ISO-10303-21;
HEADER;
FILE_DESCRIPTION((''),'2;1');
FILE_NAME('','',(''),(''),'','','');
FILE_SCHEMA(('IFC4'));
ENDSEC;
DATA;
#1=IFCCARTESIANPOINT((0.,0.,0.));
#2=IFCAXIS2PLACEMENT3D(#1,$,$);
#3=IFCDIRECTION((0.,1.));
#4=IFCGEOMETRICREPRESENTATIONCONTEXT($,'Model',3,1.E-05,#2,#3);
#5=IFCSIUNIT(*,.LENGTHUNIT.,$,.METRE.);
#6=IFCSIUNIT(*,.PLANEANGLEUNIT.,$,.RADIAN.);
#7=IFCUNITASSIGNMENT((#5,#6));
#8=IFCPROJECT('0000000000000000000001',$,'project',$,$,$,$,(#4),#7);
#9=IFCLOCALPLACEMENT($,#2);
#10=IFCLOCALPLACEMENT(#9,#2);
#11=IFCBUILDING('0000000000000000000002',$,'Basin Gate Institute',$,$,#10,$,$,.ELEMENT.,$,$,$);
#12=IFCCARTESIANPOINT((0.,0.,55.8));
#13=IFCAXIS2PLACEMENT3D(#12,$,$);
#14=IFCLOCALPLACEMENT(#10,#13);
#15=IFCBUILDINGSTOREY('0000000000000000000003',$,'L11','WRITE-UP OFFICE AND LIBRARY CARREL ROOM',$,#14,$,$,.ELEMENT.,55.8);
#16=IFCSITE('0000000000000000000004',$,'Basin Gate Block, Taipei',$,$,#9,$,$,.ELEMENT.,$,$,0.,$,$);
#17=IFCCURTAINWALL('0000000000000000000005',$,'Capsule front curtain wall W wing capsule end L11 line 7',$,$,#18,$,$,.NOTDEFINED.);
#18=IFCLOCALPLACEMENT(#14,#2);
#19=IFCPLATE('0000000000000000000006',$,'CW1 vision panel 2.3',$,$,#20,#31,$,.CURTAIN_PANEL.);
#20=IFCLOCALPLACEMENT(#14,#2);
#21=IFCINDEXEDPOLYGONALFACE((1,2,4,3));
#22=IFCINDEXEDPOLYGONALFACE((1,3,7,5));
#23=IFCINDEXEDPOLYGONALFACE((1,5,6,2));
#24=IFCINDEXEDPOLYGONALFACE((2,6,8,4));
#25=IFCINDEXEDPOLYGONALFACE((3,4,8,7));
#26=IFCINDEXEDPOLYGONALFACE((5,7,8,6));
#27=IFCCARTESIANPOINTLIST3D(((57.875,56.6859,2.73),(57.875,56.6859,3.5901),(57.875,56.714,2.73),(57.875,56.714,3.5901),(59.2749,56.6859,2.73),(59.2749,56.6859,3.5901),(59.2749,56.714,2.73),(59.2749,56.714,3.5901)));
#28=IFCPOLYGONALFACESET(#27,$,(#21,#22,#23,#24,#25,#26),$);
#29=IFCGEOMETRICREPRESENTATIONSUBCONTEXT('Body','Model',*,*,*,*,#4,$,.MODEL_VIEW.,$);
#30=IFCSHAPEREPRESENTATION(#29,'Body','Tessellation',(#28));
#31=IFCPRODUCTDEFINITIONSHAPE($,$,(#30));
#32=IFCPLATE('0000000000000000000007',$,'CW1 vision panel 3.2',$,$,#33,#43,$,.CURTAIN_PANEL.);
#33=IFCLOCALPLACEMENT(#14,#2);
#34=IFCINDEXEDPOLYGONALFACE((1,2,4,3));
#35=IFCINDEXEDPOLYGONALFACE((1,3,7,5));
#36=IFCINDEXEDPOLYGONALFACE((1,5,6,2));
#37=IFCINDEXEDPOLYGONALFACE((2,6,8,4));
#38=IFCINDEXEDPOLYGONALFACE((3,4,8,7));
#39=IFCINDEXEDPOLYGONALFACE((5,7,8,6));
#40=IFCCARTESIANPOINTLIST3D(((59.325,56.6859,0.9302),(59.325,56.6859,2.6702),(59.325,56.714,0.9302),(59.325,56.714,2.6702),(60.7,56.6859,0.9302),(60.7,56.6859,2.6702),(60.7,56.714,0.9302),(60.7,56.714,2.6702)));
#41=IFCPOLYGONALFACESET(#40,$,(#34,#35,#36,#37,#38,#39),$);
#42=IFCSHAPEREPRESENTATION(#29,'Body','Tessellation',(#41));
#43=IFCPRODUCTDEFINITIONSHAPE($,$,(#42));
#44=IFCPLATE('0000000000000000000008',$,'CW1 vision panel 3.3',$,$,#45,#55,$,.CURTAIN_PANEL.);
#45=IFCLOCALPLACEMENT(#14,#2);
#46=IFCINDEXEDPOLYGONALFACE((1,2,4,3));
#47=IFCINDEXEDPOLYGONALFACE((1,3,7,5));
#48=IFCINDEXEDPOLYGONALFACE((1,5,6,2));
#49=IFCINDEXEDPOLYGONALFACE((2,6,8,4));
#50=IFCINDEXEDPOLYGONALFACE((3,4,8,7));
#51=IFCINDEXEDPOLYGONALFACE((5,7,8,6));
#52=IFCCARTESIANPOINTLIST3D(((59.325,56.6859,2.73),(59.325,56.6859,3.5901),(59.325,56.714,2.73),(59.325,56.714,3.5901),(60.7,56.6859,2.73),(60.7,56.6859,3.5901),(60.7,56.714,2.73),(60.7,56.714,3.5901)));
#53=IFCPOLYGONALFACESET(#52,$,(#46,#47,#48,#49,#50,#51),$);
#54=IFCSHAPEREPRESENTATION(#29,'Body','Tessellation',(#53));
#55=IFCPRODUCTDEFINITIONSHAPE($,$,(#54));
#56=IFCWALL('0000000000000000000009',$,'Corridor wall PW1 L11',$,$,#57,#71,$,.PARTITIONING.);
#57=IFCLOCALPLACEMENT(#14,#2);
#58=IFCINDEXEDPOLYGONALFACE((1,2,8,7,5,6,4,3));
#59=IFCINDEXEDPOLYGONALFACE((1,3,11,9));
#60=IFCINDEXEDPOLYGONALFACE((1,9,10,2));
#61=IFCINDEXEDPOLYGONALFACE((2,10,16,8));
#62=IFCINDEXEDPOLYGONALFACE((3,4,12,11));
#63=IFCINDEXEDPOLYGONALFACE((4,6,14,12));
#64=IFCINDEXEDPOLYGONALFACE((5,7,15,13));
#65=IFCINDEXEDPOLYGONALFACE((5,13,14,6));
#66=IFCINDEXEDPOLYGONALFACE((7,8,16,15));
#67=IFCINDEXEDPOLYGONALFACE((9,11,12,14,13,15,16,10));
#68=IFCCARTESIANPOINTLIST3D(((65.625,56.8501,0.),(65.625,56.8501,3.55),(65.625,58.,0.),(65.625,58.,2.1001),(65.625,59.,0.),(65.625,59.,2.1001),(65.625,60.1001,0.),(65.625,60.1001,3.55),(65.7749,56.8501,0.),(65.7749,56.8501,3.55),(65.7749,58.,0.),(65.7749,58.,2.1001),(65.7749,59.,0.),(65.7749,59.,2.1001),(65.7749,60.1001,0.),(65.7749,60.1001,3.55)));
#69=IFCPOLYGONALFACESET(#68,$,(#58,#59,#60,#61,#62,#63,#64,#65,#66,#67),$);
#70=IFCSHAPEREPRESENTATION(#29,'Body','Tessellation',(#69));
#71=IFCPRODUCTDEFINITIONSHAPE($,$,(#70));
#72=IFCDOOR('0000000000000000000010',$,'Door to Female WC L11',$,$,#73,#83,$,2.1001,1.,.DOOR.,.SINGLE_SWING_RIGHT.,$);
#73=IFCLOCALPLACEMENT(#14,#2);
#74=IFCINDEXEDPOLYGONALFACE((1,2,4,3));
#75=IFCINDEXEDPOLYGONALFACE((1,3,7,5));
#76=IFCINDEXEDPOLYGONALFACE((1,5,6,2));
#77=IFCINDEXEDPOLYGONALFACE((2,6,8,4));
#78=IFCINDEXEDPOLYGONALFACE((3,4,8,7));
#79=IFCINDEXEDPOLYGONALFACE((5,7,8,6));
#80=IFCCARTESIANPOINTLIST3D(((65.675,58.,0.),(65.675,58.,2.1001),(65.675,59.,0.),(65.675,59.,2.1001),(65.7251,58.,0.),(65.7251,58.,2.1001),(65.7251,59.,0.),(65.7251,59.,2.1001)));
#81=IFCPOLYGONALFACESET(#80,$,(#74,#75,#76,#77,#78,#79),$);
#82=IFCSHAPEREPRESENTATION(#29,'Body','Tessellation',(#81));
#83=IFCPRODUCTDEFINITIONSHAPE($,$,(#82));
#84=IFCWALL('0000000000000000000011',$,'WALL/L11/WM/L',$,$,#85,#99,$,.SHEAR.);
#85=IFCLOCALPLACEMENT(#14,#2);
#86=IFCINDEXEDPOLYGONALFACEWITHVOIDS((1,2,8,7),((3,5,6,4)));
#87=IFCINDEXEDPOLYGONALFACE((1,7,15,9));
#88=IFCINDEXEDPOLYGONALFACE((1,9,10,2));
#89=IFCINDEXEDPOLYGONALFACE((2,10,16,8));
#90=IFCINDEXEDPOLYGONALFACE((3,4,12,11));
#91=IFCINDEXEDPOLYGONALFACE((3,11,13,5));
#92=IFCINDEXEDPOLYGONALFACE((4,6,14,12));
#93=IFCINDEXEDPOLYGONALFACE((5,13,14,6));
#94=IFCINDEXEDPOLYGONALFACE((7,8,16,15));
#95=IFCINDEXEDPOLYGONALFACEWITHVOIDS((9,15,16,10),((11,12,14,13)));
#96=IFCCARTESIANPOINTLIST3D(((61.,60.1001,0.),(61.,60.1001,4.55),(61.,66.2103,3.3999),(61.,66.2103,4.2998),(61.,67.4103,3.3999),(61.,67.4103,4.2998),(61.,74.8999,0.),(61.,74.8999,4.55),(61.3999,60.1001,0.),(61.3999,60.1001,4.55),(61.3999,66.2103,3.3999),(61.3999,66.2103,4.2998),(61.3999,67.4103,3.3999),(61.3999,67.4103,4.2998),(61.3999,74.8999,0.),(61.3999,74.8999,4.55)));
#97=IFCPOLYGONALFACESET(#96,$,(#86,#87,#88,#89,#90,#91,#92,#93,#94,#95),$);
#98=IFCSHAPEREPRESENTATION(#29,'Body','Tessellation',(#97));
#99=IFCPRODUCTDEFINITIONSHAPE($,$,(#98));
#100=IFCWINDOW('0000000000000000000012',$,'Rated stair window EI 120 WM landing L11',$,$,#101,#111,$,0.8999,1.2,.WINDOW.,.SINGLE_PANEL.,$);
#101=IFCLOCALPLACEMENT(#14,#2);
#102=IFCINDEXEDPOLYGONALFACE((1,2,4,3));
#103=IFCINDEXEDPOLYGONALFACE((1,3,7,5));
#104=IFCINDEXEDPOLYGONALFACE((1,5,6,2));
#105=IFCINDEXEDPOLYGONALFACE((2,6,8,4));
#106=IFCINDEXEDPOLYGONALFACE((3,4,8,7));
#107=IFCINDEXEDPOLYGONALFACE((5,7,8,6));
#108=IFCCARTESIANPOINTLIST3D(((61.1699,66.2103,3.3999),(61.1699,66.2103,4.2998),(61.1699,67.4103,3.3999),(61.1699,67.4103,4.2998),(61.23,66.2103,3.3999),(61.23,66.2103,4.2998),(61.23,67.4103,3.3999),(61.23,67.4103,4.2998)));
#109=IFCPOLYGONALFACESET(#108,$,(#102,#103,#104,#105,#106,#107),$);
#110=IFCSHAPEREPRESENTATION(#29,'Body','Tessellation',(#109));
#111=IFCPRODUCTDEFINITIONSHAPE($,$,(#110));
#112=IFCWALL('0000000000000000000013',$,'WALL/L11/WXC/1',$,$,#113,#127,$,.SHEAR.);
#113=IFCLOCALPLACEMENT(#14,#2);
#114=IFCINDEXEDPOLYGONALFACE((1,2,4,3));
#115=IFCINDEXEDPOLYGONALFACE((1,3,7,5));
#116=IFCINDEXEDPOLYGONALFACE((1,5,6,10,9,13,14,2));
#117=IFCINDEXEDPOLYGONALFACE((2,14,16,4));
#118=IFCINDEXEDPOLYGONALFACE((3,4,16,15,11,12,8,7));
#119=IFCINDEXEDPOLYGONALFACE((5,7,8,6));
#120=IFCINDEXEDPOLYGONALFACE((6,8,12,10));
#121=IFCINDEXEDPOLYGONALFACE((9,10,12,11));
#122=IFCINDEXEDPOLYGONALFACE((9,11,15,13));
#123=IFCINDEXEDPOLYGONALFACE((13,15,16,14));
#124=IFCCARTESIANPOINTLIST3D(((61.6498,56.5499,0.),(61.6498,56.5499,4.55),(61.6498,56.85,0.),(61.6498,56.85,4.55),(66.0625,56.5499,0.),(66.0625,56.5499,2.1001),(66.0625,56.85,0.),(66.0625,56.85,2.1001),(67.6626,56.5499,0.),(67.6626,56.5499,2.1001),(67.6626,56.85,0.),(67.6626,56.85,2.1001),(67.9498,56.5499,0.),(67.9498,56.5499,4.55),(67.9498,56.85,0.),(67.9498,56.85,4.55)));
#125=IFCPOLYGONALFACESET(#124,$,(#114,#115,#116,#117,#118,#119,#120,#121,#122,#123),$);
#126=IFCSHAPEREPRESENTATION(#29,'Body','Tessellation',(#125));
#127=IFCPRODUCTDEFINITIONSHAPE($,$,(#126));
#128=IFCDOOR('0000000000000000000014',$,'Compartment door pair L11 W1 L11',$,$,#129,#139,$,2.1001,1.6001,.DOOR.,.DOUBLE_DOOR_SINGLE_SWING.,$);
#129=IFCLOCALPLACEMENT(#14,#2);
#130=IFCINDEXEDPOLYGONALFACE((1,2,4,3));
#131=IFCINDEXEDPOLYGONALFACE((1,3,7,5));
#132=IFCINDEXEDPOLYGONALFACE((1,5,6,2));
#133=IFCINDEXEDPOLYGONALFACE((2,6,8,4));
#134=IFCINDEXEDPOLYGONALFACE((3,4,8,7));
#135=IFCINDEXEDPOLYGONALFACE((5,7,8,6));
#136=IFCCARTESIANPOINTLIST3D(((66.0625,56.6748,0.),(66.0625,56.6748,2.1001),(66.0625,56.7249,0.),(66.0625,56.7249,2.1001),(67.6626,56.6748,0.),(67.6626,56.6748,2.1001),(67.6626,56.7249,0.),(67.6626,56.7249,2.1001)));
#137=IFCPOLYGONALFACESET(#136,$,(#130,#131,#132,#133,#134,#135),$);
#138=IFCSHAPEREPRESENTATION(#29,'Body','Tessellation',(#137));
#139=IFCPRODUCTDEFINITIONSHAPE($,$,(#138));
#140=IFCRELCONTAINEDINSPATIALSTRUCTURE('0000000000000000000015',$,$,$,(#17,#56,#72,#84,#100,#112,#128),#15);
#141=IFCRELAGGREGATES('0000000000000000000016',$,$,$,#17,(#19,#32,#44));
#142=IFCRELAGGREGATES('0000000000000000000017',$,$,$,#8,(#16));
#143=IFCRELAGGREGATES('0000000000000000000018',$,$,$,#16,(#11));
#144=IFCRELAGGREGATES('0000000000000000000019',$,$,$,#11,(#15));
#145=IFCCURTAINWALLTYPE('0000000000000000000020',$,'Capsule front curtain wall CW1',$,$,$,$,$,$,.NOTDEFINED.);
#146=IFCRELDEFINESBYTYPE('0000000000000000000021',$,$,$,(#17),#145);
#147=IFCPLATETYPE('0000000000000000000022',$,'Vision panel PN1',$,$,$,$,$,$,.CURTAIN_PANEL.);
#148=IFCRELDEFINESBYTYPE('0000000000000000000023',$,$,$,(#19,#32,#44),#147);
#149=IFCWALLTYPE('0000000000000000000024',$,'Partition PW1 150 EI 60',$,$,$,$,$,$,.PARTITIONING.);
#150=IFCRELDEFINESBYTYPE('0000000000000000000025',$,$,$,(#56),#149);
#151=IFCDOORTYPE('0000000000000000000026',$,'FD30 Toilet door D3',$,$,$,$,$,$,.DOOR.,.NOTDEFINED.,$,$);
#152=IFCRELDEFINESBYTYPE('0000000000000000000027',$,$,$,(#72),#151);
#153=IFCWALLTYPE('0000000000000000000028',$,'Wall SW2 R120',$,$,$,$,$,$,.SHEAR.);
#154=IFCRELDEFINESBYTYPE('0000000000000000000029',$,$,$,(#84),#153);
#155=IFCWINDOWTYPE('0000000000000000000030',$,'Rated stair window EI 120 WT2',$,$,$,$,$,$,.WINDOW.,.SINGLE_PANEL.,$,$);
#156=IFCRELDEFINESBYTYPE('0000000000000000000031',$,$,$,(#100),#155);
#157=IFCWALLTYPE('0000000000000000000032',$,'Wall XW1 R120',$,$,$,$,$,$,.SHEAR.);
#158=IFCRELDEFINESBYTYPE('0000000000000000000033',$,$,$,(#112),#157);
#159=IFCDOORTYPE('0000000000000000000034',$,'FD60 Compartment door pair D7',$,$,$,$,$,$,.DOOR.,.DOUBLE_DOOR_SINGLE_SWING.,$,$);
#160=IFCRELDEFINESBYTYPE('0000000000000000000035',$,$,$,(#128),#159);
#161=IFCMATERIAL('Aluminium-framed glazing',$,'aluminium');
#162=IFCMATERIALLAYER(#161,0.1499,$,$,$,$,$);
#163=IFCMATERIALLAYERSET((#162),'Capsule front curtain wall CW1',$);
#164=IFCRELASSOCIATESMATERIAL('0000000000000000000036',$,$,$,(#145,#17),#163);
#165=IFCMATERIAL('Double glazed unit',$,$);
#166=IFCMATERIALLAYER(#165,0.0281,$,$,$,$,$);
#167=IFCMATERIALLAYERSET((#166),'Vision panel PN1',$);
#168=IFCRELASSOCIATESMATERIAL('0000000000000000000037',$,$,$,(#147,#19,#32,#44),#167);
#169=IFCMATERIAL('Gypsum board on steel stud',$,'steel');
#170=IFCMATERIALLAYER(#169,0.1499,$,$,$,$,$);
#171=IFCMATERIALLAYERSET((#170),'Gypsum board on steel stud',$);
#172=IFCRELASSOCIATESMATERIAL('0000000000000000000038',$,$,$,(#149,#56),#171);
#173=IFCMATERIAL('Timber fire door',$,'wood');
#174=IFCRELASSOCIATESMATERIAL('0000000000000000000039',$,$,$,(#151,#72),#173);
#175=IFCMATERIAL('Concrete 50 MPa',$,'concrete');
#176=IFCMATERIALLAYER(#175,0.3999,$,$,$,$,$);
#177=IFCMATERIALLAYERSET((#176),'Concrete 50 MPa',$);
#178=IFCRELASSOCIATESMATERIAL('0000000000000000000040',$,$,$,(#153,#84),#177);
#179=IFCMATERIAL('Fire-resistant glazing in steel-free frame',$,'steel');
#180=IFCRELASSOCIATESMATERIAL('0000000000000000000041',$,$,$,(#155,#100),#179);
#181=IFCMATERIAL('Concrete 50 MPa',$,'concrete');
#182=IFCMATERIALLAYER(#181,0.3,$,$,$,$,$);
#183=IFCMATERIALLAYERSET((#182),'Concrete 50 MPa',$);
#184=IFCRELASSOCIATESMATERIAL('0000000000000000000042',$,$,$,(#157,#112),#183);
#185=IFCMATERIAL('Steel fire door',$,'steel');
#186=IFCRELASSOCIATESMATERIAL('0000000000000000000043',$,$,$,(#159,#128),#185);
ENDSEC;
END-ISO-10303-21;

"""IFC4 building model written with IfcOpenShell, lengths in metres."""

from ifc_helpers import new_model, si_unit, direction, frame, frame_2d, origin, origin_2d, place, context, subcontext, project, spatial, rectangle, extrude, material, layer, layer_set, type_object, element, fill, aggregate, save


model = new_model("IFC4")

# Units and contexts
model_context = context("Model", 3, precision=1e-05, world=origin(), true_north=direction((0.0, 1.0)))
body_context = subcontext(model_context, "Body", "Model", "MODEL_VIEW")
ifc_project = project(units=[si_unit("LENGTHUNIT", "METRE"), si_unit("PLANEANGLEUNIT", "RADIAN")], contexts=[model_context])

# Site, building, storey
site_placement = place(None, origin())
site = spatial("IfcSite", under=ifc_project, at=site_placement, Name="Basin Gate Block, Taipei", CompositionType="ELEMENT", RefElevation=0.0)
building_placement = place(site_placement, origin())
building = spatial("IfcBuilding", under=site, at=building_placement, Name="Basin Gate Institute", CompositionType="ELEMENT")
storey_placement = place(building_placement, frame((0.0, 0.0, 55.8)))
storey = spatial("IfcBuildingStorey", under=building, at=storey_placement, Name="L11", Description="WRITE-UP OFFICE AND LIBRARY CARREL ROOM", CompositionType="ELEMENT", Elevation=55.8)

# Curtain wall
ifc_material_1 = material(Name="Aluminium-framed glazing", Category="aluminium")
ifc_layer_1 = layer(ifc_material_1, 0.1499)
ifc_layer_set_1 = layer_set([ifc_layer_1], Name="Capsule front curtain wall CW1")
curtain_wall_type = type_object("IfcCurtainWallType", Name="Capsule front curtain wall CW1", PredefinedType="NOTDEFINED", material=ifc_layer_set_1)
curtain_wall_1_placement = place(storey_placement, origin())
curtain_wall_1 = element("IfcCurtainWall", 1, at=curtain_wall_1_placement, inside=storey, type_object=curtain_wall_type, material=ifc_layer_set_1, Name="Capsule front curtain wall W wing capsule end L11 line 7", PredefinedType="NOTDEFINED")

# Plates
ifc_material_2 = material(Name="Double glazed unit")
ifc_layer_2 = layer(ifc_material_2, 0.0281)
ifc_layer_set_2 = layer_set([ifc_layer_2], Name="Vision panel PN1")
plate_type_1 = type_object("IfcPlateType", Name="Vision panel PN1", PredefinedType="CURTAIN_PANEL", material=ifc_layer_set_2)
plate_1_placement = place(storey_placement, frame((58.575, 56.7, 2.73), z_axis=(0.0, 0.0, 1.0), x_axis=(1.0, 0.0, 0.0)))
plate_1 = element("IfcPlate", 2, at=plate_1_placement, type_object=plate_type_1, material=ifc_layer_set_2, Name="CW1 vision panel 2.3", PredefinedType="CURTAIN_PANEL", context=body_context, shape_type="SweptSolid", body=[
    extrude(rectangle(XDim=1.3999, YDim=0.0281, at=origin_2d()), origin(), (0.0, 0.0, 1.0), 0.8601),
])
plate_2_placement = place(storey_placement, frame((60.0125, 56.7, 0.9302), z_axis=(0.0, 0.0, 1.0), x_axis=(1.0, 0.0, 0.0)))
plate_2 = element("IfcPlate", 3, at=plate_2_placement, type_object=plate_type_1, material=ifc_layer_set_2, Name="CW1 vision panel 3.2", PredefinedType="CURTAIN_PANEL", context=body_context, shape_type="SweptSolid", body=[
    extrude(rectangle(XDim=1.375, YDim=0.0281, at=origin_2d()), origin(), (0.0, 0.0, 1.0), 1.74),
])
plate_3_placement = place(storey_placement, frame((60.0125, 56.7, 2.73), z_axis=(0.0, 0.0, 1.0), x_axis=(1.0, 0.0, 0.0)))
plate_3 = element("IfcPlate", 4, at=plate_3_placement, type_object=plate_type_1, material=ifc_layer_set_2, Name="CW1 vision panel 3.3", PredefinedType="CURTAIN_PANEL", context=body_context, shape_type="SweptSolid", body=[
    extrude(rectangle(XDim=1.375, YDim=0.0281, at=origin_2d()), origin(), (0.0, 0.0, 1.0), 0.8601),
])
aggregate(curtain_wall_1, [plate_1, plate_2, plate_3])

# Wall, opening, door
ifc_material_3 = material(Name="Gypsum board on steel stud", Category="steel")
ifc_layer_3 = layer(ifc_material_3, 0.1499)
ifc_layer_set_3 = layer_set([ifc_layer_3], Name="Gypsum board on steel stud")
wall_type_1 = type_object("IfcWallType", Name="Partition PW1 150 EI 60", PredefinedType="PARTITIONING", material=ifc_layer_set_3)
wall_1_placement = place(storey_placement, frame((65.7, 56.8501, 0.0), z_axis=(0.0, 0.0, 1.0), x_axis=(0.0, 1.0, 0.0)))
wall_1 = element("IfcWall", 5, at=wall_1_placement, inside=storey, type_object=wall_type_1, material=ifc_layer_set_3, Name="Corridor wall PW1 L11", PredefinedType="PARTITIONING", context=body_context, shape_type="SweptSolid", body=[
    extrude(rectangle(XDim=3.25, YDim=0.1499, at=frame_2d((1.625, 0.0))), origin(), (0.0, 0.0, 1.0), 3.55),
])
opening_1_placement = place(wall_1_placement, frame((1.1499, 0.0, 0.0)))
opening_1 = element("IfcOpeningElement", 6, at=opening_1_placement, cuts=wall_1, PredefinedType="OPENING", context=body_context, shape_type="SweptSolid", body=[
    extrude(rectangle(XDim=1.0, YDim=2.1001, at=frame_2d((0.5, 1.05))), frame((0.0, 0.085, 0.0), z_axis=(0.0, -1.0, 0.0), x_axis=(1.0, 0.0, 0.0)), (0.0, 0.0, 1.0), 0.1699),
])
ifc_material_4 = material(Name="Timber fire door", Category="wood")
door_type_1 = type_object("IfcDoorType", Name="FD30 Toilet door D3", OperationType="NOTDEFINED", PredefinedType="DOOR", material=ifc_material_4)
door_1_placement = place(opening_1_placement, origin())
door_1 = element("IfcDoor", 7, at=door_1_placement, inside=storey, type_object=door_type_1, material=ifc_material_4, Name="Door to Female WC L11", OperationType="SINGLE_SWING_RIGHT", OverallHeight=2.1001, OverallWidth=1.0, PredefinedType="DOOR", context=body_context, shape_type="SweptSolid", body=[
    extrude(rectangle(XDim=1.0, YDim=2.1001, at=frame_2d((0.5, 1.05))), frame((0.0, 0.0249, 0.0), z_axis=(0.0, -1.0, 0.0), x_axis=(1.0, 0.0, 0.0)), (0.0, 0.0, 1.0), 0.05),
])
fill(opening_1, door_1)

# Wall, opening, window
ifc_material_5 = material(Name="Concrete 50 MPa", Category="concrete")
ifc_layer_4 = layer(ifc_material_5, 0.3999)
ifc_layer_set_4 = layer_set([ifc_layer_4], Name="Concrete 50 MPa")
wall_type_2 = type_object("IfcWallType", Name="Wall SW2 R120", PredefinedType="SHEAR", material=ifc_layer_set_4)
wall_2_placement = place(storey_placement, frame((61.2, 60.1001, 0.0), z_axis=(0.0, 0.0, 1.0), x_axis=(0.0, 1.0, 0.0)))
wall_2 = element("IfcWall", 8, at=wall_2_placement, inside=storey, type_object=wall_type_2, material=ifc_layer_set_4, Name="WALL/L11/WM/L", PredefinedType="SHEAR", context=body_context, shape_type="SweptSolid", body=[
    extrude(rectangle(XDim=14.7998, YDim=0.3999, at=frame_2d((7.3999, 0.0))), origin(), (0.0, 0.0, 1.0), 4.55),
])
opening_2_placement = place(wall_2_placement, frame((6.1101, 0.0, 3.3999)))
opening_2 = element("IfcOpeningElement", 9, at=opening_2_placement, cuts=wall_2, PredefinedType="OPENING", context=body_context, shape_type="SweptSolid", body=[
    extrude(rectangle(XDim=1.2, YDim=0.8999, at=frame_2d((0.6001, 0.45))), frame((0.0, 0.21, 0.0), z_axis=(0.0, -1.0, 0.0), x_axis=(1.0, 0.0, 0.0)), (0.0, 0.0, 1.0), 0.4199),
])
ifc_material_6 = material(Name="Fire-resistant glazing in steel-free frame", Category="steel")
window_type = type_object("IfcWindowType", Name="Rated stair window EI 120 WT2", PartitioningType="SINGLE_PANEL", PredefinedType="WINDOW", material=ifc_material_6)
window_placement = place(opening_2_placement, origin())
window = element("IfcWindow", 10, at=window_placement, inside=storey, type_object=window_type, material=ifc_material_6, Name="Rated stair window EI 120 WM landing L11", OverallHeight=0.8999, OverallWidth=1.2, PartitioningType="SINGLE_PANEL", PredefinedType="WINDOW", context=body_context, shape_type="SweptSolid", body=[
    extrude(rectangle(XDim=1.2, YDim=0.8999, at=frame_2d((0.6001, 0.45))), frame((0.0, 0.03, 0.0), z_axis=(0.0, -1.0, 0.0), x_axis=(1.0, 0.0, 0.0)), (0.0, 0.0, 1.0), 0.0601),
])
fill(opening_2, window)

# Wall, opening, door
ifc_material_7 = material(Name="Concrete 50 MPa", Category="concrete")
ifc_layer_5 = layer(ifc_material_7, 0.3)
ifc_layer_set_5 = layer_set([ifc_layer_5], Name="Concrete 50 MPa")
wall_type_3 = type_object("IfcWallType", Name="Wall XW1 R120", PredefinedType="SHEAR", material=ifc_layer_set_5)
wall_3_placement = place(storey_placement, frame((61.6499, 56.7, 0.0), z_axis=(0.0, 0.0, 1.0), x_axis=(1.0, 0.0, 0.0)))
wall_3 = element("IfcWall", 11, at=wall_3_placement, inside=storey, type_object=wall_type_3, material=ifc_layer_set_5, Name="WALL/L11/WXC/1", PredefinedType="SHEAR", context=body_context, shape_type="SweptSolid", body=[
    extrude(rectangle(XDim=6.3, YDim=0.3, at=frame_2d((3.1499, 0.0))), origin(), (0.0, 0.0, 1.0), 4.55),
])
opening_3_placement = place(wall_3_placement, frame((4.4126, 0.0, 0.0)))
opening_3 = element("IfcOpeningElement", 12, at=opening_3_placement, cuts=wall_3, PredefinedType="OPENING", context=body_context, shape_type="SweptSolid", body=[
    extrude(rectangle(XDim=1.6001, YDim=2.1001, at=frame_2d((0.8, 1.05))), frame((0.0, 0.1602, 0.0), z_axis=(0.0, -1.0, 0.0), x_axis=(1.0, 0.0, 0.0)), (0.0, 0.0, 1.0), 0.3201),
])
ifc_material_8 = material(Name="Steel fire door", Category="steel")
door_type_2 = type_object("IfcDoorType", Name="FD60 Compartment door pair D7", OperationType="DOUBLE_DOOR_SINGLE_SWING", PredefinedType="DOOR", material=ifc_material_8)
door_2_placement = place(opening_3_placement, origin())
door_2 = element("IfcDoor", 13, at=door_2_placement, inside=storey, type_object=door_type_2, material=ifc_material_8, Name="Compartment door pair L11 W1 L11", OperationType="DOUBLE_DOOR_SINGLE_SWING", OverallHeight=2.1001, OverallWidth=1.6001, PredefinedType="DOOR", context=body_context, shape_type="SweptSolid", body=[
    extrude(rectangle(XDim=1.6001, YDim=2.1001, at=frame_2d((0.8, 1.05))), frame((0.0, 0.0249, 0.0), z_axis=(0.0, -1.0, 0.0), x_axis=(1.0, 0.0, 0.0)), (0.0, 0.0, 1.0), 0.05),
])
fill(opening_3, door_2)

save(model, "model.ifc")
